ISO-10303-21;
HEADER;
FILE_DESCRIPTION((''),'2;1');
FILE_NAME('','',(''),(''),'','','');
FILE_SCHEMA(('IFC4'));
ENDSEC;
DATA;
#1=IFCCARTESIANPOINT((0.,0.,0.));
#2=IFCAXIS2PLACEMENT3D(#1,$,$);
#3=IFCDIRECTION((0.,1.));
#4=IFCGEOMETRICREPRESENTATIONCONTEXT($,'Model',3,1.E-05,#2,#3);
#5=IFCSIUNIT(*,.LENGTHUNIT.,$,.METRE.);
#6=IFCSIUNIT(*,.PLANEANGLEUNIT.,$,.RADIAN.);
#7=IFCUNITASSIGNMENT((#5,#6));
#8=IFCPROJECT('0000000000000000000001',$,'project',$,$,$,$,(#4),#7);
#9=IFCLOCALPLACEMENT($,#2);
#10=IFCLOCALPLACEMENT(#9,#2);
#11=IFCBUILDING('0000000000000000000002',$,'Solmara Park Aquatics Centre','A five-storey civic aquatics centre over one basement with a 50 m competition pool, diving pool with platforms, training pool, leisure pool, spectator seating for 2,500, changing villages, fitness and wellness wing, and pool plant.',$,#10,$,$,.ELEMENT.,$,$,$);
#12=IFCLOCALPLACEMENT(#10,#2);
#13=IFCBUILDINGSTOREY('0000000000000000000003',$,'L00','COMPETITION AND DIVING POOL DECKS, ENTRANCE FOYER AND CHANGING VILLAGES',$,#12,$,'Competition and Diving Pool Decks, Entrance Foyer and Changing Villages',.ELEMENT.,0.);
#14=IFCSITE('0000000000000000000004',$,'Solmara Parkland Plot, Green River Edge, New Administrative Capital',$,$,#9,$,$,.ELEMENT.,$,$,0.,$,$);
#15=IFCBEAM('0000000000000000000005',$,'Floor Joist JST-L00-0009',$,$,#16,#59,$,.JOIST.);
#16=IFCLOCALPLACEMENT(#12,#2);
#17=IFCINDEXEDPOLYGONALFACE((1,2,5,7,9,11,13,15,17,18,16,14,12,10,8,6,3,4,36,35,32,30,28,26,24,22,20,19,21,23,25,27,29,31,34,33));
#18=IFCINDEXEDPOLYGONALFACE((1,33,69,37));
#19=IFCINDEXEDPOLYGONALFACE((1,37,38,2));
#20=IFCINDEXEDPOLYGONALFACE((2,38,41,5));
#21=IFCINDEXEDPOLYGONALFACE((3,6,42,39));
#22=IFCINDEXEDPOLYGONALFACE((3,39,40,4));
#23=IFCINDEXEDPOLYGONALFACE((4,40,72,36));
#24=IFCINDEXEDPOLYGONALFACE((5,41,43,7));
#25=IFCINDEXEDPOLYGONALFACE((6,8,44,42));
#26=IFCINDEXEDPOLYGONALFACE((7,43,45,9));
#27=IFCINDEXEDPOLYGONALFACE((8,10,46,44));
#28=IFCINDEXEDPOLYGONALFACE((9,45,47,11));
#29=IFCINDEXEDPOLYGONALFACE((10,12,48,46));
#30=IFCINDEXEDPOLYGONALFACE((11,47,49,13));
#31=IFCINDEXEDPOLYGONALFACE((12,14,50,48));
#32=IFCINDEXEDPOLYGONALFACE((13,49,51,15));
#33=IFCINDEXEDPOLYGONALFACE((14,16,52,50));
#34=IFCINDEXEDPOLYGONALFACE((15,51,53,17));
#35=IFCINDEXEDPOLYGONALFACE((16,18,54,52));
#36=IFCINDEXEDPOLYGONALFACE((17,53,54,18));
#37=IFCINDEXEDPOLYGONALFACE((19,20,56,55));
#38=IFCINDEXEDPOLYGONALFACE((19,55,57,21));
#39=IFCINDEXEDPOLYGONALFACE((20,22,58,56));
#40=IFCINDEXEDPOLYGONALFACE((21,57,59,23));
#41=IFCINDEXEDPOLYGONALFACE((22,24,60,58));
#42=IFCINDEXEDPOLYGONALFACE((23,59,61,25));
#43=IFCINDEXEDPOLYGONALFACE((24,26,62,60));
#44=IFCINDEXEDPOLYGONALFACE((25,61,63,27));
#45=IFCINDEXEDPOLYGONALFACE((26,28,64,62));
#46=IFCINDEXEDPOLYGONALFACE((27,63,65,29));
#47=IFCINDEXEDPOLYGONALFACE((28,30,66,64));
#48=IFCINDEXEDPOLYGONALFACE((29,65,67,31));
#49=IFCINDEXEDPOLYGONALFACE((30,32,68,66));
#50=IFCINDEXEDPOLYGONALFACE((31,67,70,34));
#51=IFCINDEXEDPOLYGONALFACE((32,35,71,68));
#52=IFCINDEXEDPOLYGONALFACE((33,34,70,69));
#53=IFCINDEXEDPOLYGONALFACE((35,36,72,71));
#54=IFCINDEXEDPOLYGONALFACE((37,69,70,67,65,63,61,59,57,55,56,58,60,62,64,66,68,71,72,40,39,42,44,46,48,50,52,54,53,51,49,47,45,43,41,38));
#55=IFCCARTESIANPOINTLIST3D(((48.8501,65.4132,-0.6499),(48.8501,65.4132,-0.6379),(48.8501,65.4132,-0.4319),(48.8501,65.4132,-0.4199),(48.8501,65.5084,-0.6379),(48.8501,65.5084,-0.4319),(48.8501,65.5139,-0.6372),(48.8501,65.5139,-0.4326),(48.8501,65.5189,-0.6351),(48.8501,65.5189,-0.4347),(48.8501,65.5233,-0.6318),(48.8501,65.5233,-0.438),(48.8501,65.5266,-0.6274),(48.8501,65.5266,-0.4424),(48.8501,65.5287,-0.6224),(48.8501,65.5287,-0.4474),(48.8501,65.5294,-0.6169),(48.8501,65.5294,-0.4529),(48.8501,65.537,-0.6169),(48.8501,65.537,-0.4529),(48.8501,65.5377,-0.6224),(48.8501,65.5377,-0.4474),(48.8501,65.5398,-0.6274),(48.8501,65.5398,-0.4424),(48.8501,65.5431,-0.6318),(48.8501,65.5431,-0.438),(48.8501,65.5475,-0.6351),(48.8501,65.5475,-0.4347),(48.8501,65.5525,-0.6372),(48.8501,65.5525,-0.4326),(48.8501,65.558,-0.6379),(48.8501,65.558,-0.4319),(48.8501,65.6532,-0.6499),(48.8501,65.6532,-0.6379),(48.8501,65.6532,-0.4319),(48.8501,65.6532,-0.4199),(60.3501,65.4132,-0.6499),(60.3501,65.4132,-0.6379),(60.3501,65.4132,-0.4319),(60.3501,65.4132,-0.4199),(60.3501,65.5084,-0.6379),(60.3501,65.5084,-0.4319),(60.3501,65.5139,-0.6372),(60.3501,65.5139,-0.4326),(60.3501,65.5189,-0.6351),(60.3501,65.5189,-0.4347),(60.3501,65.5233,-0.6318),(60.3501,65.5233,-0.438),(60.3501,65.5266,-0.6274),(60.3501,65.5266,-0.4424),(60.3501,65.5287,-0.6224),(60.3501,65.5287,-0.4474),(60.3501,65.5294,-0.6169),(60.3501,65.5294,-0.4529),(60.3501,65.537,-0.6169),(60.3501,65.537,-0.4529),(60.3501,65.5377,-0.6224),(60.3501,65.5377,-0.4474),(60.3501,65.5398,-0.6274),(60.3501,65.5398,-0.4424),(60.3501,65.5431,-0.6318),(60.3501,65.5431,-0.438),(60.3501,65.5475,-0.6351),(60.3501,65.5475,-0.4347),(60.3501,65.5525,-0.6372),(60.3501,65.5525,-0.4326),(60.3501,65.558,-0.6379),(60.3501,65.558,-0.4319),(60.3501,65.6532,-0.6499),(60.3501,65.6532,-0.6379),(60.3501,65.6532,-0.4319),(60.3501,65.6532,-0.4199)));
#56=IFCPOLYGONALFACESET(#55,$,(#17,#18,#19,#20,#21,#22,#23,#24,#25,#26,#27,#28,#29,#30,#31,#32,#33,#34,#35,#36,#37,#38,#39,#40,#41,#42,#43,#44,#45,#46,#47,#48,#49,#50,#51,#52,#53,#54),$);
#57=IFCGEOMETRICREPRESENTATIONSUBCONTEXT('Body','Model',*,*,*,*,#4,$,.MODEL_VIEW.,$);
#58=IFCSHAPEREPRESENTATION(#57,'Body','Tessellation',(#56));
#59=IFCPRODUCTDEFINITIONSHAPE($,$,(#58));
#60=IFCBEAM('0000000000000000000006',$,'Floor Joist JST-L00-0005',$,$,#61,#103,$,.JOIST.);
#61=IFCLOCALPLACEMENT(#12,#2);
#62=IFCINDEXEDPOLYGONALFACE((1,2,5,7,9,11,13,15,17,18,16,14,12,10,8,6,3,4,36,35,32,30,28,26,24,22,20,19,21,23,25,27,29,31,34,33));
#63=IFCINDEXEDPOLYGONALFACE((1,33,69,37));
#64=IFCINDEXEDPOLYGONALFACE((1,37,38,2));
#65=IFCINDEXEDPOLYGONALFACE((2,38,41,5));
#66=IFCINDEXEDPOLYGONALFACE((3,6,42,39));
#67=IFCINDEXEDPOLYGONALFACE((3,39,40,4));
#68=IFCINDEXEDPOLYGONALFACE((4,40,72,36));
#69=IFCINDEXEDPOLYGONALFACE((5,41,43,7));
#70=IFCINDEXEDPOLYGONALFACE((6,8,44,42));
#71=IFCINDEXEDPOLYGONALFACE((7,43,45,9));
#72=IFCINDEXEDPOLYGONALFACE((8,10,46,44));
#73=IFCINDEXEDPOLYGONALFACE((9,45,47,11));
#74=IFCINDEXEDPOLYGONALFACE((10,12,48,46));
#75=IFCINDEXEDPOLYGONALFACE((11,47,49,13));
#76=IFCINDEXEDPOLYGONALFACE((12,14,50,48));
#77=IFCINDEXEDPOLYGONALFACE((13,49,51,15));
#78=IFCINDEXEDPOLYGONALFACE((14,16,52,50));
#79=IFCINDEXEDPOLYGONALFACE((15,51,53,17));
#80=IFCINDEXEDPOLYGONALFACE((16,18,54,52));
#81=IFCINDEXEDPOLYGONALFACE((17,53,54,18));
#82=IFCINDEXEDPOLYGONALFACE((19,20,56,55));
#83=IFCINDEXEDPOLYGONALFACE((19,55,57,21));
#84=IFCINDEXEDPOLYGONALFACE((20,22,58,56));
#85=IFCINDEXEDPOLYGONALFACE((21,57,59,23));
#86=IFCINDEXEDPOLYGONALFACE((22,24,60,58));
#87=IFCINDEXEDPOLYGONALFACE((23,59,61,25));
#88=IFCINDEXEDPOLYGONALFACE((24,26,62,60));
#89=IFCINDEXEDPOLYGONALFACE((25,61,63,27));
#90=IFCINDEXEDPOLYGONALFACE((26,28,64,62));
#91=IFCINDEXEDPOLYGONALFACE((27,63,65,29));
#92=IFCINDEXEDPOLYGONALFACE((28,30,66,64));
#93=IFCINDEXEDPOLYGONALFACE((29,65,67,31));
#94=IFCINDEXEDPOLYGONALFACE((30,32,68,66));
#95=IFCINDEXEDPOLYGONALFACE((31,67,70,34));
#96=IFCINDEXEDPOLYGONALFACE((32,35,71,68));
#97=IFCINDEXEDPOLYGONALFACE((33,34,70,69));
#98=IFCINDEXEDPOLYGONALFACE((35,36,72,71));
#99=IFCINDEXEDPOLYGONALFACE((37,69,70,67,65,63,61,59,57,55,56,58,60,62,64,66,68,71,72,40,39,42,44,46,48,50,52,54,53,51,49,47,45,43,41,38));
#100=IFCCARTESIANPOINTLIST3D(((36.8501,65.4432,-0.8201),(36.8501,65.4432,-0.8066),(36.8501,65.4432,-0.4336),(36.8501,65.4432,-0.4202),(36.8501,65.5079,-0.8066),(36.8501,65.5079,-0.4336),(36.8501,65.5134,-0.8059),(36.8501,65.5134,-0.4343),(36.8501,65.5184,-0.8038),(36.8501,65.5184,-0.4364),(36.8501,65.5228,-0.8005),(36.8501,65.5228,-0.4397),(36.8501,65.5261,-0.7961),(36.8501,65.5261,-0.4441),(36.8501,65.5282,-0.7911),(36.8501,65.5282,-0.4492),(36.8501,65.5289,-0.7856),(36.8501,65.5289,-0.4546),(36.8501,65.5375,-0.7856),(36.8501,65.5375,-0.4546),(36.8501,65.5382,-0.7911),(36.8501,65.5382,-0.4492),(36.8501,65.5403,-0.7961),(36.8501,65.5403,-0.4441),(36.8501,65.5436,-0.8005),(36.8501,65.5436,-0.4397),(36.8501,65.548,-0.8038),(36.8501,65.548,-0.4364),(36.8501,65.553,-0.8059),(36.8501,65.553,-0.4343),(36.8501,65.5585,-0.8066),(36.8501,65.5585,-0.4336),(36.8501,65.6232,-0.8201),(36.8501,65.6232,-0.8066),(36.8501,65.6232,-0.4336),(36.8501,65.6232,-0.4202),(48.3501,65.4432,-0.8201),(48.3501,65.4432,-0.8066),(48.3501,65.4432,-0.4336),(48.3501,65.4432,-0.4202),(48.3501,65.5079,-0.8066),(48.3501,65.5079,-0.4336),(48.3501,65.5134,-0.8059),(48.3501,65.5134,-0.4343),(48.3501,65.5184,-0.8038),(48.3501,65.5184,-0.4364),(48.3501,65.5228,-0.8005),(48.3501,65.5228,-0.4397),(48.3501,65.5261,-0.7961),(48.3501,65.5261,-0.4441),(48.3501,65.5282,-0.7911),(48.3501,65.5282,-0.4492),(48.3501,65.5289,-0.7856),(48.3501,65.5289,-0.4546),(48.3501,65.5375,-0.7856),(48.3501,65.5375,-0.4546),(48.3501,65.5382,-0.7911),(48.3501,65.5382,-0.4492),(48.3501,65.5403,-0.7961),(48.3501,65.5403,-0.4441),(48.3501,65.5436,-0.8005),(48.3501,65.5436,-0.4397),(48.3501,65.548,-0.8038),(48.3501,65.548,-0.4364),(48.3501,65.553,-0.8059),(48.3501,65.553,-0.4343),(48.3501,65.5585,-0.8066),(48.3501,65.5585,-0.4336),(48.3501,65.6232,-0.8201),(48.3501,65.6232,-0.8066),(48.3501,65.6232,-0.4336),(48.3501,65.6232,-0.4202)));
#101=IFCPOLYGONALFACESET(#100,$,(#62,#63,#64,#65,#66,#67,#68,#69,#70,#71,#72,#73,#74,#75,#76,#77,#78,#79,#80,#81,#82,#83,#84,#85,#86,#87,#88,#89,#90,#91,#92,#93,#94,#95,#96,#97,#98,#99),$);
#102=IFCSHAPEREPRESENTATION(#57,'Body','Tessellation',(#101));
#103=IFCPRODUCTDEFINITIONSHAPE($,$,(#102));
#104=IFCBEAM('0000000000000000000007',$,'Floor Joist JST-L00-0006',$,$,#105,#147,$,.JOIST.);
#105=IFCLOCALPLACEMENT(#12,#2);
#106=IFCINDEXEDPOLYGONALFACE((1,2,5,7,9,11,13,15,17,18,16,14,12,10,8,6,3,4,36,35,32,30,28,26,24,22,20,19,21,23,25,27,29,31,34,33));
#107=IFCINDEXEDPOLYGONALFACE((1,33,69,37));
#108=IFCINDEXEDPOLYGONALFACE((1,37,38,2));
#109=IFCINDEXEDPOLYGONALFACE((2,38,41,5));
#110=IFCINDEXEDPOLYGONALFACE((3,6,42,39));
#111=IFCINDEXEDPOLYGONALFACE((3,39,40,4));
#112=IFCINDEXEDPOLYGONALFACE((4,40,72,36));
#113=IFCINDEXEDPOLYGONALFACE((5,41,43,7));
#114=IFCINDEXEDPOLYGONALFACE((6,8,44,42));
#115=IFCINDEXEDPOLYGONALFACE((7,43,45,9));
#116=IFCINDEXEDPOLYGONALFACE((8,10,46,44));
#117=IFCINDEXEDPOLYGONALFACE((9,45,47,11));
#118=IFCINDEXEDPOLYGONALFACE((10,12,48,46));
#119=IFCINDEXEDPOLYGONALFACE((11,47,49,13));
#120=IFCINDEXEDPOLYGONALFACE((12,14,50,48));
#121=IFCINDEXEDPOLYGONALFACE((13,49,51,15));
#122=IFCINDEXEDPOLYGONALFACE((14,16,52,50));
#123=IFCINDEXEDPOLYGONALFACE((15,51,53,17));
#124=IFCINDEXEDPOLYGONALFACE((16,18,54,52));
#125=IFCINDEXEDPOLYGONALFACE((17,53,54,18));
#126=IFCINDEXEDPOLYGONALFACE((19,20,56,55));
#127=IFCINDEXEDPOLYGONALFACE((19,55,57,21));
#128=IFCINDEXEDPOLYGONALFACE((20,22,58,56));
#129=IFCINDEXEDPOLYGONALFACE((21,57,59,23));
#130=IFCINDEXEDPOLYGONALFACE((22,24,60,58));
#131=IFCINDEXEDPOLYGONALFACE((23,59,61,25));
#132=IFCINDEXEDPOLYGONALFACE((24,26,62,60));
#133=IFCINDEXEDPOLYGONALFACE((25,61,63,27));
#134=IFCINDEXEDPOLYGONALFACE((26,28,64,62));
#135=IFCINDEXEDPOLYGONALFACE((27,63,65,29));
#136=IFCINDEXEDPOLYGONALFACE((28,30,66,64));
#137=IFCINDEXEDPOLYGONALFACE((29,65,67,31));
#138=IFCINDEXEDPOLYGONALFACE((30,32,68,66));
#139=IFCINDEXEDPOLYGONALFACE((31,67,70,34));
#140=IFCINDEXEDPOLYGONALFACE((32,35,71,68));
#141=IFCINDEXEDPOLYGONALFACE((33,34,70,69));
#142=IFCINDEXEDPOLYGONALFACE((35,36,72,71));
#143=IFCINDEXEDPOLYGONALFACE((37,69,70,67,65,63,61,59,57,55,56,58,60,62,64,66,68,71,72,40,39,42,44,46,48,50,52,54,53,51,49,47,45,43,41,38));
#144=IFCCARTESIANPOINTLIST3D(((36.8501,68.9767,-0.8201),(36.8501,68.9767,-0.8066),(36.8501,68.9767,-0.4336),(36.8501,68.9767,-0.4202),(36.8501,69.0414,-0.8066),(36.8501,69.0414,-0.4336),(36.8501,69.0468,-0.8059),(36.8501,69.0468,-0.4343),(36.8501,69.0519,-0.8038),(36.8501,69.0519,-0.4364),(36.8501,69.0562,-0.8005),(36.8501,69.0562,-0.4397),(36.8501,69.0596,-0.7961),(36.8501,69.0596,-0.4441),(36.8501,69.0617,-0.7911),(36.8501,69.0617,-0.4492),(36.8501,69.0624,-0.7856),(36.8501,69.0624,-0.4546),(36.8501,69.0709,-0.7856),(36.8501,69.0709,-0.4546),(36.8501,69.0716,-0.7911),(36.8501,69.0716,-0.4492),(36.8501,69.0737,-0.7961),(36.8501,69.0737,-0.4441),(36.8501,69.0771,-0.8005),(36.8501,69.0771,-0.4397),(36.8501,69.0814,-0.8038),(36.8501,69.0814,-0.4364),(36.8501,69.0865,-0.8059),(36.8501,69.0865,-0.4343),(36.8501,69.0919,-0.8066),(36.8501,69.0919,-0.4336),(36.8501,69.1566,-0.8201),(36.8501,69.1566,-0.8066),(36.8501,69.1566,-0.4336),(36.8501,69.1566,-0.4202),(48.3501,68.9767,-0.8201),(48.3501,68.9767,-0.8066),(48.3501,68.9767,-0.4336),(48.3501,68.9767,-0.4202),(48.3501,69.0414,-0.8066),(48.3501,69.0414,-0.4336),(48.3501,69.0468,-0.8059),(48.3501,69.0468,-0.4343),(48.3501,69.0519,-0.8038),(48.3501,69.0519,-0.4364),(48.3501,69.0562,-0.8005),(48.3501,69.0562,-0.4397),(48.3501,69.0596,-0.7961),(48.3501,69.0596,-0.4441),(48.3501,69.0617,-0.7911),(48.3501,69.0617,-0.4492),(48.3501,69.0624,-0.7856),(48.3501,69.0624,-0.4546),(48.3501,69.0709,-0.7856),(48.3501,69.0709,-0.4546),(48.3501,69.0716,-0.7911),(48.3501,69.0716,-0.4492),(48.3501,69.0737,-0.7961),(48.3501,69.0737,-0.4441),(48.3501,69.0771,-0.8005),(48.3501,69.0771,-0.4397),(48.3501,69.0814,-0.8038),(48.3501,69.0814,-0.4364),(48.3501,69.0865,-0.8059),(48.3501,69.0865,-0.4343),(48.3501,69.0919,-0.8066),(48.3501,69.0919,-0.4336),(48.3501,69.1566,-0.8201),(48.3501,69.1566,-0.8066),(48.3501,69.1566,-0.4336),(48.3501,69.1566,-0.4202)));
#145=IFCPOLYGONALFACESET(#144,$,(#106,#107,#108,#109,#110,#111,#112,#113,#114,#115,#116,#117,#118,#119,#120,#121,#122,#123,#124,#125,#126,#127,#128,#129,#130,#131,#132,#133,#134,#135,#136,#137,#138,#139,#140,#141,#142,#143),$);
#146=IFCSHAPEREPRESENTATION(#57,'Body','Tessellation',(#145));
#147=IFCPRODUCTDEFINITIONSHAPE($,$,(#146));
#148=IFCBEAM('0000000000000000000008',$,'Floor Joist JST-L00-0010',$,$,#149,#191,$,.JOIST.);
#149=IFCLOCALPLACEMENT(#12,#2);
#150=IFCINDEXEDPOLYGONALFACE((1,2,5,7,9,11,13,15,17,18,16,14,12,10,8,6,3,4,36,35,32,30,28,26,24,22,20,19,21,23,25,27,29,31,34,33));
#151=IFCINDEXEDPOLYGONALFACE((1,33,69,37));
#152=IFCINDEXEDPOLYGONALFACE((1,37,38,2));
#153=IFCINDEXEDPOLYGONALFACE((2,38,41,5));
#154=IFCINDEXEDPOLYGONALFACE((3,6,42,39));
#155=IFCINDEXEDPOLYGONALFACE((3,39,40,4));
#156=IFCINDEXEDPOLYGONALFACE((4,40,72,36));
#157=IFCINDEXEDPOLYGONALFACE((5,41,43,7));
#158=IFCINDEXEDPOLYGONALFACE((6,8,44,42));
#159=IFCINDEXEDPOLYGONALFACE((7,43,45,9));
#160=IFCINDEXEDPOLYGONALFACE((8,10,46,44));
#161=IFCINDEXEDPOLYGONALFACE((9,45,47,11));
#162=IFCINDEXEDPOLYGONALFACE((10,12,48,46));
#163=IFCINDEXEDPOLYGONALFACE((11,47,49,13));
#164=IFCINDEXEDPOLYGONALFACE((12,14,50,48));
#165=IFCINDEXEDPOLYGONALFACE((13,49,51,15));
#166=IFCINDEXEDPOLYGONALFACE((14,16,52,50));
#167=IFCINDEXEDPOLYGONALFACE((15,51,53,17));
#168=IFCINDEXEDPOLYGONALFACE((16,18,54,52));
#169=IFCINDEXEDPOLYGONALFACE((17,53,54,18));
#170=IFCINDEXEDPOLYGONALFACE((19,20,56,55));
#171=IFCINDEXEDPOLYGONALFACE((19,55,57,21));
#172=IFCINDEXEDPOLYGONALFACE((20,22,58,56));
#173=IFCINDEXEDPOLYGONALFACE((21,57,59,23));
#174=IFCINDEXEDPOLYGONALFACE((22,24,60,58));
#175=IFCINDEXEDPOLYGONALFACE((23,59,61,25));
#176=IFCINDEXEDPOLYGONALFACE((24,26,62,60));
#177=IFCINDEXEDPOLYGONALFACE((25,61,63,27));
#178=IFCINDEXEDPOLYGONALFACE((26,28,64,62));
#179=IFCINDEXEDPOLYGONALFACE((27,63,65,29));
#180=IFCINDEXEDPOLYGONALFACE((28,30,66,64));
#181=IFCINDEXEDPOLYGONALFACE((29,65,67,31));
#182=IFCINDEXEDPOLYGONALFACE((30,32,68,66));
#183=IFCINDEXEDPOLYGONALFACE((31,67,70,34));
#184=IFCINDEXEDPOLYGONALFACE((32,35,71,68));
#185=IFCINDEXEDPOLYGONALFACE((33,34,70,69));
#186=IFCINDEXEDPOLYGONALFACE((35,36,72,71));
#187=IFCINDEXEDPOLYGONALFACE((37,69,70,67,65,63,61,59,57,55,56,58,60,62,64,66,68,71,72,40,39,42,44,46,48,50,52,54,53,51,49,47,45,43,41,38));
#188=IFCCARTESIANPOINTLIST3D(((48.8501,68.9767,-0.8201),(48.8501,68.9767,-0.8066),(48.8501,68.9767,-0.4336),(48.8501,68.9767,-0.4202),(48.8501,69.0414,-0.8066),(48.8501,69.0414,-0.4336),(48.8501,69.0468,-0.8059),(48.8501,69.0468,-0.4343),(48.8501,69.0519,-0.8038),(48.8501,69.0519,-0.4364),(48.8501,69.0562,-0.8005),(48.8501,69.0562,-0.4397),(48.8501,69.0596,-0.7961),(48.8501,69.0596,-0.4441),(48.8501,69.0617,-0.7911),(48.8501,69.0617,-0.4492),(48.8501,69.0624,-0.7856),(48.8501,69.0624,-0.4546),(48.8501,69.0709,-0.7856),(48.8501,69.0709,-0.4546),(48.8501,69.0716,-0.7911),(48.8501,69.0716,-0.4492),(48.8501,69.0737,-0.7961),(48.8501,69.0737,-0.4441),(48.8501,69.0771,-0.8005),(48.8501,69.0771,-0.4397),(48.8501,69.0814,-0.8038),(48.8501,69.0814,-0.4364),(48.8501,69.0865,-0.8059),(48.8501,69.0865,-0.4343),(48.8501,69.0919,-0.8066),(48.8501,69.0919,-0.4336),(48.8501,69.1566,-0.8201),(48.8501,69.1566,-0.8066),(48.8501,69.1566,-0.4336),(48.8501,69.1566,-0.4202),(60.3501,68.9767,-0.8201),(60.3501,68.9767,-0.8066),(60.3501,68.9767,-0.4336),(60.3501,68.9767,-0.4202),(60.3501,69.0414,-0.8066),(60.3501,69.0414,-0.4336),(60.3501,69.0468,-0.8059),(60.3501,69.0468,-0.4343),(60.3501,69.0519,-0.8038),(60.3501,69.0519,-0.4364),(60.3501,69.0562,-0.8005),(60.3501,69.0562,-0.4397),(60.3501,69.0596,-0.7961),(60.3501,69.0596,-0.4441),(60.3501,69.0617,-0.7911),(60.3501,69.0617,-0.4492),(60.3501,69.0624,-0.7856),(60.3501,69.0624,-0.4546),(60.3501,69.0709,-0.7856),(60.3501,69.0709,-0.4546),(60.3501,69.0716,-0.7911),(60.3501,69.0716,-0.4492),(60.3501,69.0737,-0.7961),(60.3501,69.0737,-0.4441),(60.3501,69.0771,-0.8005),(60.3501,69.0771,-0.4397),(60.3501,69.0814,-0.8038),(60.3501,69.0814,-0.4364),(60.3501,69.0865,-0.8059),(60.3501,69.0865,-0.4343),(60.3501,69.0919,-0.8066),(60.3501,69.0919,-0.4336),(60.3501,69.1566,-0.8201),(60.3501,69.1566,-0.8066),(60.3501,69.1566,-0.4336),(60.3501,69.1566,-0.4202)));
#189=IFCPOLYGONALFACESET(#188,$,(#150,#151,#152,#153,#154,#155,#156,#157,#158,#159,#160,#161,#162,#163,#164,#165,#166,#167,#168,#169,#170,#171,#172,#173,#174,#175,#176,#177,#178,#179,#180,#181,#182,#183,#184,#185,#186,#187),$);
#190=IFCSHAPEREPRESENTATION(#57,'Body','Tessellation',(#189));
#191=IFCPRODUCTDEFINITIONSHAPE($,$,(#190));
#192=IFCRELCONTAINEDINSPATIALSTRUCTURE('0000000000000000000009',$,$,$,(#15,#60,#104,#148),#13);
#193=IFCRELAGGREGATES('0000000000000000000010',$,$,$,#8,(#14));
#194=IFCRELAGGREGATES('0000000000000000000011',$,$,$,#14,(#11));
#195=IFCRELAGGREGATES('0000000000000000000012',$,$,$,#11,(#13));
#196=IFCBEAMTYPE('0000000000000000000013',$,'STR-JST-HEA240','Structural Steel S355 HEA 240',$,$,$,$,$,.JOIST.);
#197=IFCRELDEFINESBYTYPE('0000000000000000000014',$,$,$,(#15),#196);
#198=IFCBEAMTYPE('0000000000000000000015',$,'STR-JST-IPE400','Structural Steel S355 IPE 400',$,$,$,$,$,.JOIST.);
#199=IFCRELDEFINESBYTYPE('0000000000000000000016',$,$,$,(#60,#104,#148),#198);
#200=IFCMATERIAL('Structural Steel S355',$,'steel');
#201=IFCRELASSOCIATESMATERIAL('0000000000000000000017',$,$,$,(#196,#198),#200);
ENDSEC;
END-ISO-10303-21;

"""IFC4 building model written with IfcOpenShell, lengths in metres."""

from ifc_helpers import new_model, si_unit, direction, frame, origin, origin_2d, place, context, subcontext, project, spatial, i_section, extrude, material, material_profile, profile_set, type_object, element, save


model = new_model("IFC4")

# Units and contexts
model_context = context("Model", 3, precision=1e-05, world=origin(), true_north=direction((0.0, 1.0)))
body_context = subcontext(model_context, "Body", "Model", "MODEL_VIEW")
ifc_project = project(units=[si_unit("LENGTHUNIT", "METRE"), si_unit("PLANEANGLEUNIT", "RADIAN")], contexts=[model_context])

# Site, building, storey
site_placement = place(None, origin())
site = spatial("IfcSite", under=ifc_project, at=site_placement, Name="Solmara Parkland Plot, Green River Edge, New Administrative Capital", CompositionType="ELEMENT", RefElevation=0.0)
building_placement = place(site_placement, origin())
building = spatial("IfcBuilding", under=site, at=building_placement, Name="Solmara Park Aquatics Centre", Description="A five-storey civic aquatics centre over one basement with a 50 m competition pool, diving pool with platforms, training pool, leisure pool, spectator seating for 2,500, changing villages, fitness and wellness wing, and pool plant.", CompositionType="ELEMENT")
storey_placement = place(building_placement, origin())
storey = spatial("IfcBuildingStorey", under=building, at=storey_placement, Name="L00", Description="COMPETITION AND DIVING POOL DECKS, ENTRANCE FOYER AND CHANGING VILLAGES", LongName="Competition and Diving Pool Decks, Entrance Foyer and Changing Villages", CompositionType="ELEMENT", Elevation=0.0)

# Shared definitions
ifc_material_1 = material(Name="Structural Steel S355", Category="steel")

# Beams
ifc_material_profile_1 = material_profile(ifc_material_1, i_section(OverallWidth=0.24, OverallDepth=0.23, WebThickness=0.0076, FlangeThickness=0.012, FilletRadius=0.021, at=origin_2d()), Name="HEA 240")
ifc_profile_set_1 = profile_set([ifc_material_profile_1], Name="Structural Steel S355")
beam_type_1 = type_object("IfcBeamType", Name="STR-JST-HEA240", Description="Structural Steel S355 HEA 240", PredefinedType="JOIST", material=ifc_profile_set_1)
beam_1_placement = place(storey_placement, frame((48.8501, 65.5332, -0.5349), z_axis=(1.0, 0.0, 0.0), x_axis=(0.0, 1.0, 0.0)))
element("IfcBeam", 1, at=beam_1_placement, inside=storey, type_object=beam_type_1, Name="Floor Joist JST-L00-0009", PredefinedType="JOIST", context=body_context, shape_type="SweptSolid", body=[
    extrude(i_section(OverallWidth=0.24, OverallDepth=0.23, WebThickness=0.0076, FlangeThickness=0.012, FilletRadius=0.021, at=origin_2d()), origin(), (0.0, 0.0, 1.0), 11.5),
])
ifc_material_profile_2 = material_profile(ifc_material_1, i_section(OverallWidth=0.1799, OverallDepth=0.3999, WebThickness=0.0085, FlangeThickness=0.0134, FilletRadius=0.021, at=origin_2d()), Name="IPE 400")
ifc_profile_set_2 = profile_set([ifc_material_profile_2], Name="Structural Steel S355")
beam_type_2 = type_object("IfcBeamType", Name="STR-JST-IPE400", Description="Structural Steel S355 IPE 400", PredefinedType="JOIST", material=ifc_profile_set_2)
for number, where, z_axis, x_axis, name in (
    (2, (36.8501, 65.5332, -0.6201), (1.0, 0.0, 0.0), (0.0, 1.0, 0.0), "Floor Joist JST-L00-0005"),
    (3, (36.8501, 69.0667, -0.6201), (1.0, 0.0, 0.0), (0.0, 1.0, 0.0), "Floor Joist JST-L00-0006"),
    (4, (48.8501, 69.0667, -0.6201), (1.0, 0.0, 0.0), (0.0, 1.0, 0.0), "Floor Joist JST-L00-0010"),
):
    element("IfcBeam", number, at=place(storey_placement, frame(where, z_axis=z_axis, x_axis=x_axis)), inside=storey, type_object=beam_type_2, Name=name, PredefinedType="JOIST", context=body_context, shape_type="SweptSolid", body=[
        extrude(i_section(OverallWidth=0.1799, OverallDepth=0.3999, WebThickness=0.0085, FlangeThickness=0.0134, FilletRadius=0.021, at=origin_2d()), origin(), (0.0, 0.0, 1.0), 11.5),
    ])

save(model, "model.ifc")
